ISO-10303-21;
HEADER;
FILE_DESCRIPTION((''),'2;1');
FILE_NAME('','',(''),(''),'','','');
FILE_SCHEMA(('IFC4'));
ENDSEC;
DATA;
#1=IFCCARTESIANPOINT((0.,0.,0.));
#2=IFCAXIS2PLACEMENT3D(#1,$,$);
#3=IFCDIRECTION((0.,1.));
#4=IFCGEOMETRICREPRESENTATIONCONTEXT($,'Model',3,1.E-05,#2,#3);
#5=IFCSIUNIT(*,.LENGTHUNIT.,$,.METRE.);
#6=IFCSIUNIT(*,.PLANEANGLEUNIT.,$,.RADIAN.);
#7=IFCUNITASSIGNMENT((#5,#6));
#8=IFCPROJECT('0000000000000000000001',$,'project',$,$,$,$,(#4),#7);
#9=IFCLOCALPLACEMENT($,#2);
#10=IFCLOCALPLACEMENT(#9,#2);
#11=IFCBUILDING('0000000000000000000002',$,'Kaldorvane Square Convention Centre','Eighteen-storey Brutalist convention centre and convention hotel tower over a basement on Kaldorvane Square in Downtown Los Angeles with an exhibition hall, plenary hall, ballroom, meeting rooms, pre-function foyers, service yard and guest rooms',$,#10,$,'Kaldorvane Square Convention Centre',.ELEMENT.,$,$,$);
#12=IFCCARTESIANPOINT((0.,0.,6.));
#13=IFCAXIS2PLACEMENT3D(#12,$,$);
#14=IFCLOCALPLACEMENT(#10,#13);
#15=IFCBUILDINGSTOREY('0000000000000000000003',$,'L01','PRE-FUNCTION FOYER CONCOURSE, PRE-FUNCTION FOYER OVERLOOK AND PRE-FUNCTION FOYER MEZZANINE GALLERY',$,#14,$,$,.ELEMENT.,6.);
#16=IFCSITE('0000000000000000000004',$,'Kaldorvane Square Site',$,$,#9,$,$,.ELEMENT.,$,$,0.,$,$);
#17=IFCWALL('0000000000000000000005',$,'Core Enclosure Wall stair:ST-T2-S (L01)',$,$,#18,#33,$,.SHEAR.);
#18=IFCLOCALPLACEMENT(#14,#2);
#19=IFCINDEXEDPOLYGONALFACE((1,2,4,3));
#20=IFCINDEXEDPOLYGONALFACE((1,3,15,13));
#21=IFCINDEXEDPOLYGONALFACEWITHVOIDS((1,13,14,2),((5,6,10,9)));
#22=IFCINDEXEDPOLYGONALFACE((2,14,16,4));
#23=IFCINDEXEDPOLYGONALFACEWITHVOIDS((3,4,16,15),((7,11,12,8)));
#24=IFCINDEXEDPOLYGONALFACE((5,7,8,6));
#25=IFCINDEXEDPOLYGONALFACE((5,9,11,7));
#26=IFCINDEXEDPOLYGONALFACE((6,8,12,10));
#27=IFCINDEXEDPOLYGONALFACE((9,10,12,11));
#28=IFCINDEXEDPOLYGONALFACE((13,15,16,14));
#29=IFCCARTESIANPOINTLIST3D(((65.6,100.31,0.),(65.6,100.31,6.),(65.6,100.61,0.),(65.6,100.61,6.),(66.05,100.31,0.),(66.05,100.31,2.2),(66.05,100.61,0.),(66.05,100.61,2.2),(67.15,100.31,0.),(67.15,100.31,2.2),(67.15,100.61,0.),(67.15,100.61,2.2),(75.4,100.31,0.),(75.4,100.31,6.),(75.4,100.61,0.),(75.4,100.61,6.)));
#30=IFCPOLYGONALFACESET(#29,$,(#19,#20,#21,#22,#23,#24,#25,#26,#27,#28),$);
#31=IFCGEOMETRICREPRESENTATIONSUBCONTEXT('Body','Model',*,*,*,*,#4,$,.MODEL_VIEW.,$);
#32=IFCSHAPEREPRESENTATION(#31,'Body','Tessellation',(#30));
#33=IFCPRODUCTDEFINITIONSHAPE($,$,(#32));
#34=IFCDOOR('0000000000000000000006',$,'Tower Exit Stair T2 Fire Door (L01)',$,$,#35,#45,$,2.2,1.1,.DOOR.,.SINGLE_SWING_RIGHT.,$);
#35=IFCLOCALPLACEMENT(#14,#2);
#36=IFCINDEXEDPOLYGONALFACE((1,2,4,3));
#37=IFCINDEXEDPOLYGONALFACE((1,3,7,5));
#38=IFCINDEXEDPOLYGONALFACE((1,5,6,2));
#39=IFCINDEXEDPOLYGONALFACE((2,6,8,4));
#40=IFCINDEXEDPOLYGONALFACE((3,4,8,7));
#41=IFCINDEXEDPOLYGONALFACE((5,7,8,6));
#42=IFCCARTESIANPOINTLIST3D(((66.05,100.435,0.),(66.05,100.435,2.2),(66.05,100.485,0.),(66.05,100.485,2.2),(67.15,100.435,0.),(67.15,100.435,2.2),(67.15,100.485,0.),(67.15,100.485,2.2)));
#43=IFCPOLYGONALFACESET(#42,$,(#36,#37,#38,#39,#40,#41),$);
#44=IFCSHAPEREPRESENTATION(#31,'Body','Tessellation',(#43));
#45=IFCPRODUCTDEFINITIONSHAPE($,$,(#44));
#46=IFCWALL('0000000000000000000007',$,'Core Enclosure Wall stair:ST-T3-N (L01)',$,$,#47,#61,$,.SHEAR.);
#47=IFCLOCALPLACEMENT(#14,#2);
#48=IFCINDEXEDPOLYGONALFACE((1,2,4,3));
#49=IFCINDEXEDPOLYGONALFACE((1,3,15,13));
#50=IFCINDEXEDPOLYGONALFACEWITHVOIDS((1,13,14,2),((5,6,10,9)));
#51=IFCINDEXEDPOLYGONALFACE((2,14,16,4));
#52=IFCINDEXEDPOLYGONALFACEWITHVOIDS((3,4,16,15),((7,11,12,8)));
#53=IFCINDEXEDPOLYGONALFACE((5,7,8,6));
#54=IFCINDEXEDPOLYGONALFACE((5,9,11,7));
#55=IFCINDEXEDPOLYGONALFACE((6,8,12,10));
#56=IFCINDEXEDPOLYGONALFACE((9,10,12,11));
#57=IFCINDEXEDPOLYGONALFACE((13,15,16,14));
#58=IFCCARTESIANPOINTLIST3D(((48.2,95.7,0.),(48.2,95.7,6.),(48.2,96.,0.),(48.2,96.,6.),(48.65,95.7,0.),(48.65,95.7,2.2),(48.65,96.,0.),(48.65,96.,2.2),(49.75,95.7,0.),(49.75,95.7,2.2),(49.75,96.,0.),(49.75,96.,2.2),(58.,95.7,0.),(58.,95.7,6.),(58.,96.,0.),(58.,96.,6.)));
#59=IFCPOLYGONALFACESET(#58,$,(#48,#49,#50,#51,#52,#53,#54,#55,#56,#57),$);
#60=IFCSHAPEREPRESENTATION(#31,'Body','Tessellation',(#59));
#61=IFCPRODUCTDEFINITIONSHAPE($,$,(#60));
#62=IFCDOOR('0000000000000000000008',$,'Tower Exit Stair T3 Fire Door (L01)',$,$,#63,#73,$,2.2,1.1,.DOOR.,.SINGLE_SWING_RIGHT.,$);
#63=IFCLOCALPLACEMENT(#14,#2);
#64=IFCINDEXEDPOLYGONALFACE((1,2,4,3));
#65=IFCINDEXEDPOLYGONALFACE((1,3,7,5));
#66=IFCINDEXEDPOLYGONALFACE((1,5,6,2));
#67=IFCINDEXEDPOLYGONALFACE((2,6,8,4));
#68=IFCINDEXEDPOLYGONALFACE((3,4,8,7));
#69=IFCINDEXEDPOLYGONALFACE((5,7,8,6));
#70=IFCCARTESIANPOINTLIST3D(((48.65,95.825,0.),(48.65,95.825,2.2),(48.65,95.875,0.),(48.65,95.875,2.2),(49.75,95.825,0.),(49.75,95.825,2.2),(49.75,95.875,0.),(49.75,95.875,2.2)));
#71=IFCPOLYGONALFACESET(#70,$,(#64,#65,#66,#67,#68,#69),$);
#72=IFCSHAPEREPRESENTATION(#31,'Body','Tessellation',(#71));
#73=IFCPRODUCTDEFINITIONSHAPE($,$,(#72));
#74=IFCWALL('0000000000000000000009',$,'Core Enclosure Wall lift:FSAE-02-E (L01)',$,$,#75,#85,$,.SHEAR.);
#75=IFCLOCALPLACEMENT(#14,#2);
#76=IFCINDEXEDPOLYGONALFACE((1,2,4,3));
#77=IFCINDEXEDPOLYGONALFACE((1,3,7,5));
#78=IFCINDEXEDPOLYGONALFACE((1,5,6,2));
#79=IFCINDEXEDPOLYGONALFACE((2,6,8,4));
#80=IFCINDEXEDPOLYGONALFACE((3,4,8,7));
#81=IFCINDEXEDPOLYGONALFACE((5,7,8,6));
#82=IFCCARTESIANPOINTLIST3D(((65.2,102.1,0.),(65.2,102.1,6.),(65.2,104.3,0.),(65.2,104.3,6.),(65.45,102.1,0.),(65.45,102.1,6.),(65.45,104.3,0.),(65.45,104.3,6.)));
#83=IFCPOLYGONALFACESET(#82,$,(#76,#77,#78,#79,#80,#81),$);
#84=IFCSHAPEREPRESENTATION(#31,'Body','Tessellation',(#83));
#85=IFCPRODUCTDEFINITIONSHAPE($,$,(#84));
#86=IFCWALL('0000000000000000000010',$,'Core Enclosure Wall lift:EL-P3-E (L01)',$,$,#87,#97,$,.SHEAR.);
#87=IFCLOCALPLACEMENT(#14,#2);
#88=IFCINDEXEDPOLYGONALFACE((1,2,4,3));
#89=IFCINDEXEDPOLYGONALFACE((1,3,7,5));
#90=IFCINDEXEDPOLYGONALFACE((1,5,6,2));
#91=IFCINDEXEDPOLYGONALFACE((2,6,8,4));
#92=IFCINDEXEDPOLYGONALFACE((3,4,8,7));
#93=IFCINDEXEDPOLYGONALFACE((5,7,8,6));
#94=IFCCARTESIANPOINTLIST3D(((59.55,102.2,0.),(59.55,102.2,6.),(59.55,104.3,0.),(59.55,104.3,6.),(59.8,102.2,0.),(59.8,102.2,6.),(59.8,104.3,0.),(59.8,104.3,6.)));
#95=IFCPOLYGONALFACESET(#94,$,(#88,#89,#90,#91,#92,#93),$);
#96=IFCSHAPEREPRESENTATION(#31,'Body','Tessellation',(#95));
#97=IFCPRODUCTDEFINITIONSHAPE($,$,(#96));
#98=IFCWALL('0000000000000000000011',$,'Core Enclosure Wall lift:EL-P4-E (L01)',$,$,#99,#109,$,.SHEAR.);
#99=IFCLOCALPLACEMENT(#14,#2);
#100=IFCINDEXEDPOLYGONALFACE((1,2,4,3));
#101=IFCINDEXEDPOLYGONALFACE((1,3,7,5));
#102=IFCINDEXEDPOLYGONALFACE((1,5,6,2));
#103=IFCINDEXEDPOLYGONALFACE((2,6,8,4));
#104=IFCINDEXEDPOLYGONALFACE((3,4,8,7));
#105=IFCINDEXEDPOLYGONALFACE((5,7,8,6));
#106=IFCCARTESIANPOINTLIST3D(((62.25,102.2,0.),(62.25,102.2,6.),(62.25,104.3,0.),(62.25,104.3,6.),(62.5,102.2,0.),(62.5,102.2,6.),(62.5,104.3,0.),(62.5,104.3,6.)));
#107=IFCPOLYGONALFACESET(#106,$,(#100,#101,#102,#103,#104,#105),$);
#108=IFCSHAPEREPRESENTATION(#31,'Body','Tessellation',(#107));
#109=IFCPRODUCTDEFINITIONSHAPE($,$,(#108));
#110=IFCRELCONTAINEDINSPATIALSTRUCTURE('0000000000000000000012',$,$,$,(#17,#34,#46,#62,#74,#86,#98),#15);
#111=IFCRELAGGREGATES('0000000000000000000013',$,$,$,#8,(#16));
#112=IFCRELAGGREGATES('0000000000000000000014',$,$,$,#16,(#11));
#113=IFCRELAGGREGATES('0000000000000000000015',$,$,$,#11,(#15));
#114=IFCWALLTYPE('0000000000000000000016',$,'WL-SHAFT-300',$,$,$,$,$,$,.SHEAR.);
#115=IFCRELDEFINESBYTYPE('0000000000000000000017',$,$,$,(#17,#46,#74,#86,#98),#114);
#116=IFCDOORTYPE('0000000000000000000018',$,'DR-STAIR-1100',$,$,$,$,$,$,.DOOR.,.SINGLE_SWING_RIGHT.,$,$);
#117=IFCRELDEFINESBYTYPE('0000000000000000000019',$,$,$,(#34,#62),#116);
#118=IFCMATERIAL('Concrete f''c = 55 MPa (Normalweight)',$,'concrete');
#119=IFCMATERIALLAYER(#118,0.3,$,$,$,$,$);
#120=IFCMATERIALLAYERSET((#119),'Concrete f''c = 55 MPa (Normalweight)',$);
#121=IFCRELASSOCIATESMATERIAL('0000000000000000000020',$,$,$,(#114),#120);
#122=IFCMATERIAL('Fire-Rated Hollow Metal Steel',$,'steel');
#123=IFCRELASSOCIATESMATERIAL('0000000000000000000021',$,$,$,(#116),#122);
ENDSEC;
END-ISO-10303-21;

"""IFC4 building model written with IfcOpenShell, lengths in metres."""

from ifc_helpers import new_model, si_unit, direction, frame, frame_2d, origin, place, context, subcontext, project, spatial, rectangle, extrude, material, layer, layer_set, type_object, element, fill, save


model = new_model("IFC4")

# Units and contexts
model_context = context("Model", 3, precision=1e-05, world=origin(), true_north=direction((0.0, 1.0)))
body_context = subcontext(model_context, "Body", "Model", "MODEL_VIEW")
ifc_project = project(units=[si_unit("LENGTHUNIT", "METRE"), si_unit("PLANEANGLEUNIT", "RADIAN")], contexts=[model_context])

# Site, building, storey
site_placement = place(None, origin())
site = spatial("IfcSite", under=ifc_project, at=site_placement, Name="Kaldorvane Square Site", CompositionType="ELEMENT", RefElevation=0.0)
building_placement = place(site_placement, origin())
building = spatial("IfcBuilding", under=site, at=building_placement, Name="Kaldorvane Square Convention Centre", Description="Eighteen-storey Brutalist convention centre and convention hotel tower over a basement on Kaldorvane Square in Downtown Los Angeles with an exhibition hall, plenary hall, ballroom, meeting rooms, pre-function foyers, service yard and guest rooms", LongName="Kaldorvane Square Convention Centre", CompositionType="ELEMENT")
storey_placement = place(building_placement, frame((0.0, 0.0, 6.0)))
storey = spatial("IfcBuildingStorey", under=building, at=storey_placement, Name="L01", Description="PRE-FUNCTION FOYER CONCOURSE, PRE-FUNCTION FOYER OVERLOOK AND PRE-FUNCTION FOYER MEZZANINE GALLERY", CompositionType="ELEMENT", Elevation=6.0)

# Walls, openings, doors
ifc_material_1 = material(Name="Concrete f'c = 55 MPa (Normalweight)", Category="concrete")
ifc_layer_1 = layer(ifc_material_1, 0.3)
ifc_layer_set_1 = layer_set([ifc_layer_1], Name="Concrete f'c = 55 MPa (Normalweight)")
wall_type_1 = type_object("IfcWallType", Name="WL-SHAFT-300", PredefinedType="SHEAR", material=ifc_layer_set_1)
wall_1_placement = place(storey_placement, frame((65.6, 100.46, 0.0), z_axis=(0.0, 0.0, 1.0), x_axis=(1.0, 0.0, 0.0)))
wall_1 = element("IfcWall", 1, at=wall_1_placement, inside=storey, type_object=wall_type_1, Name="Core Enclosure Wall stair:ST-T2-S (L01)", PredefinedType="SHEAR", context=body_context, shape_type="SweptSolid", body=[
    extrude(rectangle(XDim=9.8, YDim=0.3, at=frame_2d((4.9, 0.0))), origin(), (0.0, 0.0, 1.0), 6.0),
])
opening_1_placement = place(wall_1_placement, frame((0.45, 0.0, 0.0)))
opening_1 = element("IfcOpeningElement", 2, at=opening_1_placement, cuts=wall_1, PredefinedType="OPENING", context=body_context, shape_type="SweptSolid", body=[
    extrude(rectangle(XDim=1.1, YDim=2.2, at=frame_2d((0.55, 1.1))), frame((0.0, 0.165, 0.0), z_axis=(0.0, -1.0, 0.0), x_axis=(1.0, 0.0, 0.0)), (0.0, 0.0, 1.0), 0.33),
])
ifc_material_2 = material(Name="Fire-Rated Hollow Metal Steel", Category="steel")
door_type_1 = type_object("IfcDoorType", Name="DR-STAIR-1100", OperationType="SINGLE_SWING_RIGHT", PredefinedType="DOOR", material=ifc_material_2)
door_1_placement = place(opening_1_placement, origin())
door_1 = element("IfcDoor", 3, at=door_1_placement, inside=storey, type_object=door_type_1, Name="Tower Exit Stair T2 Fire Door (L01)", OperationType="SINGLE_SWING_RIGHT", OverallHeight=2.2, OverallWidth=1.1, PredefinedType="DOOR", context=body_context, shape_type="SweptSolid", body=[
    extrude(rectangle(XDim=1.1, YDim=2.2, at=frame_2d((0.55, 1.1))), frame((0.0, 0.025, 0.0), z_axis=(0.0, -1.0, 0.0), x_axis=(1.0, 0.0, 0.0)), (0.0, 0.0, 1.0), 0.05),
])
fill(opening_1, door_1)
wall_2_placement = place(storey_placement, frame((58.0, 95.85, 0.0), z_axis=(0.0, 0.0, 1.0), x_axis=(-1.0, 0.0, 0.0)))
wall_2 = element("IfcWall", 4, at=wall_2_placement, inside=storey, type_object=wall_type_1, Name="Core Enclosure Wall stair:ST-T3-N (L01)", PredefinedType="SHEAR", context=body_context, shape_type="SweptSolid", body=[
    extrude(rectangle(XDim=9.8, YDim=0.3, at=frame_2d((4.9, 0.0))), origin(), (0.0, 0.0, 1.0), 6.0),
])
opening_2_placement = place(wall_2_placement, frame((8.25, 0.0, 0.0)))
opening_2 = element("IfcOpeningElement", 5, at=opening_2_placement, cuts=wall_2, PredefinedType="OPENING", context=body_context, shape_type="SweptSolid", body=[
    extrude(rectangle(XDim=1.1, YDim=2.2, at=frame_2d((0.55, 1.1))), frame((0.0, 0.165, 0.0), z_axis=(0.0, -1.0, 0.0), x_axis=(1.0, 0.0, 0.0)), (0.0, 0.0, 1.0), 0.33),
])
door_2_placement = place(opening_2_placement, origin())
door_2 = element("IfcDoor", 6, at=door_2_placement, inside=storey, type_object=door_type_1, Name="Tower Exit Stair T3 Fire Door (L01)", OperationType="SINGLE_SWING_RIGHT", OverallHeight=2.2, OverallWidth=1.1, PredefinedType="DOOR", context=body_context, shape_type="SweptSolid", body=[
    extrude(rectangle(XDim=1.1, YDim=2.2, at=frame_2d((0.55, 1.1))), frame((0.0, 0.025, 0.0), z_axis=(0.0, -1.0, 0.0), x_axis=(1.0, 0.0, 0.0)), (0.0, 0.0, 1.0), 0.05),
])
fill(opening_2, door_2)

# Wall
wall_3_placement = place(storey_placement, frame((65.325, 102.1, 0.0), z_axis=(0.0, 0.0, 1.0), x_axis=(0.0, 1.0, 0.0)))
element("IfcWall", 7, at=wall_3_placement, inside=storey, type_object=wall_type_1, Name="Core Enclosure Wall lift:FSAE-02-E (L01)", PredefinedType="SHEAR", context=body_context, shape_type="SweptSolid", body=[
    extrude(rectangle(XDim=2.2, YDim=0.25, at=frame_2d((1.1, 0.0))), origin(), (0.0, 0.0, 1.0), 6.0),
])

# Wall
wall_4_placement = place(storey_placement, frame((59.675, 102.2, 0.0), z_axis=(0.0, 0.0, 1.0), x_axis=(0.0, 1.0, 0.0)))
element("IfcWall", 8, at=wall_4_placement, inside=storey, type_object=wall_type_1, Name="Core Enclosure Wall lift:EL-P3-E (L01)", PredefinedType="SHEAR", context=body_context, shape_type="SweptSolid", body=[
    extrude(rectangle(XDim=2.1, YDim=0.25, at=frame_2d((1.05, 0.0))), origin(), (0.0, 0.0, 1.0), 6.0),
])

# Wall
wall_5_placement = place(storey_placement, frame((62.375, 102.2, 0.0), z_axis=(0.0, 0.0, 1.0), x_axis=(0.0, 1.0, 0.0)))
element("IfcWall", 9, at=wall_5_placement, inside=storey, type_object=wall_type_1, Name="Core Enclosure Wall lift:EL-P4-E (L01)", PredefinedType="SHEAR", context=body_context, shape_type="SweptSolid", body=[
    extrude(rectangle(XDim=2.1, YDim=0.25, at=frame_2d((1.05, 0.0))), origin(), (0.0, 0.0, 1.0), 6.0),
])

save(model, "model.ifc")
